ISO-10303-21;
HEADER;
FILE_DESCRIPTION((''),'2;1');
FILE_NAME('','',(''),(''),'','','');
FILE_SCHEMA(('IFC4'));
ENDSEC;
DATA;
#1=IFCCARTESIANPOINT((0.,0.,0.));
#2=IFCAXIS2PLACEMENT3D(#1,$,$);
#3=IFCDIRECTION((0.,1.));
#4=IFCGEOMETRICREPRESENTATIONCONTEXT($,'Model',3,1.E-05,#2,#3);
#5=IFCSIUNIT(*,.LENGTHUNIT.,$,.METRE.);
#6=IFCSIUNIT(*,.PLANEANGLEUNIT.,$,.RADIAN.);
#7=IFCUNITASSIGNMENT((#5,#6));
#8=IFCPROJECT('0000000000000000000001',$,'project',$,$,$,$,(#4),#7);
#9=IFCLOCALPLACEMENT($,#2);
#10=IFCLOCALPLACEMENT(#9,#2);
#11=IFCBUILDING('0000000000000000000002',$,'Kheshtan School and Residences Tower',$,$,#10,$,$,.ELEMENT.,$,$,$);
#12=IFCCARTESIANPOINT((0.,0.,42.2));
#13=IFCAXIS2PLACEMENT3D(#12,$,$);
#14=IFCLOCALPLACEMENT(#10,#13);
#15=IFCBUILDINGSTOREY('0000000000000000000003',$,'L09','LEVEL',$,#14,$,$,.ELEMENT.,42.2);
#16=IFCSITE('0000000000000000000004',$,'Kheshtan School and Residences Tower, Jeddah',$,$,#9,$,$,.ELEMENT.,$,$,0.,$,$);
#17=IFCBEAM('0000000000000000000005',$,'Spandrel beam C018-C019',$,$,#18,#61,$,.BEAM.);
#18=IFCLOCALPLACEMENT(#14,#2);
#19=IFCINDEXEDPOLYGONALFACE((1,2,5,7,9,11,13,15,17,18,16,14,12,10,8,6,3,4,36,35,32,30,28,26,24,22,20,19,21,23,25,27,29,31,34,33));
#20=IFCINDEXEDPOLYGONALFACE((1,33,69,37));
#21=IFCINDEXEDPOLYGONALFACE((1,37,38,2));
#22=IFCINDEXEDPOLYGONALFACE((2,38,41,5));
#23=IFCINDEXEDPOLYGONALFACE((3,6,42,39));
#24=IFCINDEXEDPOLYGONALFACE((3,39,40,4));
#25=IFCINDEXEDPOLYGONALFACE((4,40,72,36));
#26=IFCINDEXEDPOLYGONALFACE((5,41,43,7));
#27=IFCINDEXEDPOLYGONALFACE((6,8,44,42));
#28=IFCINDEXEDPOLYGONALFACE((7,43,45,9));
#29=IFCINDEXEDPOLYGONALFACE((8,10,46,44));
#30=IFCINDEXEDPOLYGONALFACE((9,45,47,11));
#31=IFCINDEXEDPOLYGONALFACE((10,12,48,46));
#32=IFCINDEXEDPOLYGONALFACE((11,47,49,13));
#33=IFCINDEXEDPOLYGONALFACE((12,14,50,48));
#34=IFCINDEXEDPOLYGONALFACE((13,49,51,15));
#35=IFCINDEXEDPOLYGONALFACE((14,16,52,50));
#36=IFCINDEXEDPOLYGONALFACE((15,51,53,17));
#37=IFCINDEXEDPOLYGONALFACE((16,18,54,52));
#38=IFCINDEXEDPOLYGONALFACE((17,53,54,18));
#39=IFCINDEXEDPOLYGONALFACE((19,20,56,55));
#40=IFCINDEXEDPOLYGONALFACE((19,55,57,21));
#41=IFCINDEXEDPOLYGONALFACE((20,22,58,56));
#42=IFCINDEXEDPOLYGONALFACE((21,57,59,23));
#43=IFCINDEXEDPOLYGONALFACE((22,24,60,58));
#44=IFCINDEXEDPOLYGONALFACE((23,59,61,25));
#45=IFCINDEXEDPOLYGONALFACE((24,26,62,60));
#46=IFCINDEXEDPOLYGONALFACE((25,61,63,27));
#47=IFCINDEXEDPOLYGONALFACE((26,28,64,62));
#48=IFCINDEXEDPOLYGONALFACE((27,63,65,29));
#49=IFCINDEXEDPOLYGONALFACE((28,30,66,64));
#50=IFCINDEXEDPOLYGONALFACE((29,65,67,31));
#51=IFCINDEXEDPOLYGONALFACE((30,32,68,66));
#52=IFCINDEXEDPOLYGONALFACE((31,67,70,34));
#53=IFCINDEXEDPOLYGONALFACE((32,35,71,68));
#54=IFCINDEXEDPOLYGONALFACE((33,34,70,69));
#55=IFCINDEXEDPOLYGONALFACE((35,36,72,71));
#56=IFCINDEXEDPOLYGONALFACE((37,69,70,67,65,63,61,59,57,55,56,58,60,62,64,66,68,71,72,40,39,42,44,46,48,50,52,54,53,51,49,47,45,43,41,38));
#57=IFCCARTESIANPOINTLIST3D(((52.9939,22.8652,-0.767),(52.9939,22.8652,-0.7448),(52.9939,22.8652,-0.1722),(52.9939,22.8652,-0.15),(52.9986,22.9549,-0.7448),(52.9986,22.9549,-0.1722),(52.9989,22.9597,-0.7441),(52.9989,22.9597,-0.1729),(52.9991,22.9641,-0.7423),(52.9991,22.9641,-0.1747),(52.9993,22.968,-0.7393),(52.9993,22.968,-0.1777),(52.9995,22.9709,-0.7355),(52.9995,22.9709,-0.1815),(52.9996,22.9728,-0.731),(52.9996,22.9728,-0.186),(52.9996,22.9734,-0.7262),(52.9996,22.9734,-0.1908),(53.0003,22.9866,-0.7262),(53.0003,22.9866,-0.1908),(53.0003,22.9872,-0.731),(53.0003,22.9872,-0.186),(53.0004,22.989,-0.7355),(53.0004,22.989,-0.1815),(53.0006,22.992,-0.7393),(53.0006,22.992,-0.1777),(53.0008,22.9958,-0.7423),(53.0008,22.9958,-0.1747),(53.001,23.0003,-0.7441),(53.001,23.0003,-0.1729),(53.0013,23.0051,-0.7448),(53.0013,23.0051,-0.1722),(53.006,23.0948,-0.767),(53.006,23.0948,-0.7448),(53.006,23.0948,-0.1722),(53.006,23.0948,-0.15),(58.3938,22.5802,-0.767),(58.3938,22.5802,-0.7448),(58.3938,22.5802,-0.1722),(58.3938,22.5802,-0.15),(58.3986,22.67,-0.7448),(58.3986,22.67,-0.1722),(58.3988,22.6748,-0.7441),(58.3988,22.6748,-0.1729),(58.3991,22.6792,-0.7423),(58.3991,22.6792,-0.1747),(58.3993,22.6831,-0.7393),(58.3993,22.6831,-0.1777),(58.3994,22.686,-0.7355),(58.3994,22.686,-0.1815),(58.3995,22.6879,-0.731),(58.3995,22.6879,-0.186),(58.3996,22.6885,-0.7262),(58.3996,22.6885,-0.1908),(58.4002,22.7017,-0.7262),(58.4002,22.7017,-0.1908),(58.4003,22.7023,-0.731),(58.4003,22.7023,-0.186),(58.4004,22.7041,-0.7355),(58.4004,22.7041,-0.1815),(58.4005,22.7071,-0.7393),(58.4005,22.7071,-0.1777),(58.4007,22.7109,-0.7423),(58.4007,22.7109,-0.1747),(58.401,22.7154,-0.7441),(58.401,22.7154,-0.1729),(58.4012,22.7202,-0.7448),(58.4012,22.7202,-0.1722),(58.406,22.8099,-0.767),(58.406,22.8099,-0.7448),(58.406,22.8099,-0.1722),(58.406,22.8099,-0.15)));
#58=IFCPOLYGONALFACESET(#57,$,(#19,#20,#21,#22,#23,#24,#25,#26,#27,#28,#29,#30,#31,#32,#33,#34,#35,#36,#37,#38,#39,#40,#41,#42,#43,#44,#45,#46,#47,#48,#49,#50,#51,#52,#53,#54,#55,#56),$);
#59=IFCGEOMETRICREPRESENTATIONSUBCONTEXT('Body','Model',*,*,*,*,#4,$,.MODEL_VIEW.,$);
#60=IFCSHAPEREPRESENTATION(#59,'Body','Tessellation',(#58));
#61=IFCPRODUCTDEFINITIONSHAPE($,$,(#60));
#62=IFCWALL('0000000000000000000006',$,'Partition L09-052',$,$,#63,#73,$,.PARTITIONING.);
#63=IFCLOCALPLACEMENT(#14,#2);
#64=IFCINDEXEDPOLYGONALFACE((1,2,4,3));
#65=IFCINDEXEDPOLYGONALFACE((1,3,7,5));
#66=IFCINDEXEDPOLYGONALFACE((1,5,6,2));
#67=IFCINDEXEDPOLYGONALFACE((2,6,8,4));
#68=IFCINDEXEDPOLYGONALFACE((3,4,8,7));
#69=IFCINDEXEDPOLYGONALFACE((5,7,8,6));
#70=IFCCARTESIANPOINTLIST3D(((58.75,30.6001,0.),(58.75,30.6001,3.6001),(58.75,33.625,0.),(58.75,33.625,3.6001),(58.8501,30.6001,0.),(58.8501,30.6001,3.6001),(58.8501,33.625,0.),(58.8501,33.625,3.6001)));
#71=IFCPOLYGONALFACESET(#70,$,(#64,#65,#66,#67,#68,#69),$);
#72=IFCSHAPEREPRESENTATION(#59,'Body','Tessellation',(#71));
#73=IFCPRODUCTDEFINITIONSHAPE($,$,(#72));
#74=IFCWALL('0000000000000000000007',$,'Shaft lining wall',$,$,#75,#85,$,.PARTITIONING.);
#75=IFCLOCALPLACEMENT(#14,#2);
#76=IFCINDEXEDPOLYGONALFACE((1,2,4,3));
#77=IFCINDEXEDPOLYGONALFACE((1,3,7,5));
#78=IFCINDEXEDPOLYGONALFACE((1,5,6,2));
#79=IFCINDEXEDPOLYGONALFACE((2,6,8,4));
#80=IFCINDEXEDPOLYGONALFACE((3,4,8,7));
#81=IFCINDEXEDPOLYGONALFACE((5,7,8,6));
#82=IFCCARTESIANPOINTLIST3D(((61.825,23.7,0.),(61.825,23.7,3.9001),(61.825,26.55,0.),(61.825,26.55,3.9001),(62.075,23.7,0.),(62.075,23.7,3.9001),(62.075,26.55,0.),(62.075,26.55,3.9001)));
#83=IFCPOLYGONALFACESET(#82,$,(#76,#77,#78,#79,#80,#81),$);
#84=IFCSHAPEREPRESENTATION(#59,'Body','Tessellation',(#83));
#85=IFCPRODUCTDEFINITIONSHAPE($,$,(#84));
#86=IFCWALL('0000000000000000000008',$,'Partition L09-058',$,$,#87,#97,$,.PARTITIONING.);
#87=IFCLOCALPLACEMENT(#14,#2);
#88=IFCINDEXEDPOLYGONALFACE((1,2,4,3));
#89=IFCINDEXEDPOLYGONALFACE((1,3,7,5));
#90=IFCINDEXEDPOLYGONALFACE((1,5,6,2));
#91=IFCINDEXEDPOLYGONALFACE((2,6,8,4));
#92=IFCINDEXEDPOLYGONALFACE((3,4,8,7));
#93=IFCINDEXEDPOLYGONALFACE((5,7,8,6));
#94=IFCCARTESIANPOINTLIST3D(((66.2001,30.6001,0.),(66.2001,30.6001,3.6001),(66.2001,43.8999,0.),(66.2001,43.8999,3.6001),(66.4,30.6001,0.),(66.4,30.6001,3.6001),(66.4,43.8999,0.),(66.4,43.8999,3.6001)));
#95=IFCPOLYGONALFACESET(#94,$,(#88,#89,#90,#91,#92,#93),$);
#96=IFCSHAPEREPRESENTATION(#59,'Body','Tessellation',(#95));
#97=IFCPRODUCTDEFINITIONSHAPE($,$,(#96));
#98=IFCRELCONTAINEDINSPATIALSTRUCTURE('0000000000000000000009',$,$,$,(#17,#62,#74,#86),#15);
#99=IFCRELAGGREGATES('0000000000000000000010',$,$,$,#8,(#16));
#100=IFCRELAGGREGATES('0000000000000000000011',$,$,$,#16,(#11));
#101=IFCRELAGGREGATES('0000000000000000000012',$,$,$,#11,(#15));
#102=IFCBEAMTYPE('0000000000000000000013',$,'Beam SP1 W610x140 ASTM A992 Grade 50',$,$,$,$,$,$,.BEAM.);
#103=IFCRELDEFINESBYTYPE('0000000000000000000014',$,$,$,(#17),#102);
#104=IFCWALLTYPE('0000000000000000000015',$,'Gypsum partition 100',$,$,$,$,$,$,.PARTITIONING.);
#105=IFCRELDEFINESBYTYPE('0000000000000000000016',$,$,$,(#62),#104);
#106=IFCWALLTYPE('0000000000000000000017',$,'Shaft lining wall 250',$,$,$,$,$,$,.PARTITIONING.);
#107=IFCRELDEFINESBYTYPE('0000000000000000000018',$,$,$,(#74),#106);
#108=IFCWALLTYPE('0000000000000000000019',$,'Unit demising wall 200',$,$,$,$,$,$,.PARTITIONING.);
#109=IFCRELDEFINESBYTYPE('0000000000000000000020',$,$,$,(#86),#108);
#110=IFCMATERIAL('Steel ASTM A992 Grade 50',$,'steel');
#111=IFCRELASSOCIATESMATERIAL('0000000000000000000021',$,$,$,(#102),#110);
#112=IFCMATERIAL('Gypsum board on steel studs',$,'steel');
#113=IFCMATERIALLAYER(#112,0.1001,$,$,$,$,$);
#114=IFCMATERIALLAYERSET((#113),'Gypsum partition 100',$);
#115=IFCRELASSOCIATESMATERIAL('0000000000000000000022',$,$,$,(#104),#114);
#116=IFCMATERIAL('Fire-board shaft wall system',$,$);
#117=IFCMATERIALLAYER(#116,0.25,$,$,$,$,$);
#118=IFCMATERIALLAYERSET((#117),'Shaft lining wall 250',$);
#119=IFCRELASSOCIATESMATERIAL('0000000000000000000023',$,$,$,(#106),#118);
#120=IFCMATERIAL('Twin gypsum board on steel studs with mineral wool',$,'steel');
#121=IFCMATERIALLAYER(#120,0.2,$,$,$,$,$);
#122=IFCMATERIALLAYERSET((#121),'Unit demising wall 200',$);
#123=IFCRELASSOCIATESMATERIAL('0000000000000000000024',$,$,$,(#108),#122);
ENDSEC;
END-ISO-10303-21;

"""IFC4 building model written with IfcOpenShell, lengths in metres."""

from ifc_helpers import new_model, si_unit, direction, frame, frame_2d, origin, origin_2d, place, context, subcontext, project, spatial, rectangle, i_section, extrude, material, layer, layer_set, material_profile, profile_set, type_object, element, save


model = new_model("IFC4")

# Units and contexts
model_context = context("Model", 3, precision=1e-05, world=origin(), true_north=direction((0.0, 1.0)))
body_context = subcontext(model_context, "Body", "Model", "MODEL_VIEW")
ifc_project = project(units=[si_unit("LENGTHUNIT", "METRE"), si_unit("PLANEANGLEUNIT", "RADIAN")], contexts=[model_context])

# Site, building, storey
site_placement = place(None, origin())
site = spatial("IfcSite", under=ifc_project, at=site_placement, Name="Kheshtan School and Residences Tower, Jeddah", CompositionType="ELEMENT", RefElevation=0.0)
building_placement = place(site_placement, origin())
building = spatial("IfcBuilding", under=site, at=building_placement, Name="Kheshtan School and Residences Tower", CompositionType="ELEMENT")
storey_placement = place(building_placement, frame((0.0, 0.0, 42.2)))
storey = spatial("IfcBuildingStorey", under=building, at=storey_placement, Name="L09", Description="LEVEL", CompositionType="ELEMENT", Elevation=42.2)

# Shared definitions
ifc_material_1 = material(Name="Steel ASTM A992 Grade 50", Category="steel")

# Beam
ifc_material_profile_1 = material_profile(ifc_material_1, i_section(OverallWidth=0.23, OverallDepth=0.6169, WebThickness=0.0132, FlangeThickness=0.0222, FilletRadius=0.0186, at=origin_2d()), Name="W610x140")
ifc_profile_set_1 = profile_set([ifc_material_profile_1], Name="Steel ASTM A992 Grade 50")
beam_type_1 = type_object("IfcBeamType", Name="Beam SP1 W610x140 ASTM A992 Grade 50", PredefinedType="BEAM", material=ifc_profile_set_1)
beam_1_placement = place(storey_placement, frame((58.3999, 22.6951, -0.4585), z_axis=(-0.998611, 0.052689, 0.0), x_axis=(-0.052689, -0.998611, 0.0)))
element("IfcBeam", 1, at=beam_1_placement, inside=storey, type_object=beam_type_1, Name="Spandrel beam C018-C019", PredefinedType="BEAM", context=body_context, shape_type="SweptSolid", body=[
    extrude(i_section(OverallWidth=0.23, OverallDepth=0.6169, WebThickness=0.0132, FlangeThickness=0.0222, FilletRadius=0.0186, at=origin_2d()), origin(), (0.0, 0.0, 1.0), 5.4075),
])

# Walls
ifc_material_2 = material(Name="Gypsum board on steel studs", Category="steel")
ifc_layer_1 = layer(ifc_material_2, 0.1001)
ifc_layer_set_1 = layer_set([ifc_layer_1], Name="Gypsum partition 100")
wall_type_1 = type_object("IfcWallType", Name="Gypsum partition 100", PredefinedType="PARTITIONING", material=ifc_layer_set_1)
wall_1_placement = place(storey_placement, frame((58.8, 30.6001, 0.0), z_axis=(0.0, 0.0, 1.0), x_axis=(0.0, 1.0, 0.0)))
element("IfcWall", 2, at=wall_1_placement, inside=storey, type_object=wall_type_1, Name="Partition L09-052", PredefinedType="PARTITIONING", context=body_context, shape_type="SweptSolid", body=[
    extrude(rectangle(XDim=3.0249, YDim=0.1001, at=frame_2d((1.5125, 0.0))), origin(), (0.0, 0.0, 1.0), 3.6001),
])
ifc_material_3 = material(Name="Fire-board shaft wall system")
ifc_layer_2 = layer(ifc_material_3, 0.25)
ifc_layer_set_2 = layer_set([ifc_layer_2], Name="Shaft lining wall 250")
wall_type_2 = type_object("IfcWallType", Name="Shaft lining wall 250", PredefinedType="PARTITIONING", material=ifc_layer_set_2)
wall_2_placement = place(storey_placement, frame((61.95, 23.7, 0.0), z_axis=(0.0, 0.0, 1.0), x_axis=(0.0, 1.0, 0.0)))
element("IfcWall", 3, at=wall_2_placement, inside=storey, type_object=wall_type_2, Name="Shaft lining wall", PredefinedType="PARTITIONING", context=body_context, shape_type="SweptSolid", body=[
    extrude(rectangle(XDim=2.8501, YDim=0.25, at=frame_2d((1.425, 0.0))), origin(), (0.0, 0.0, 1.0), 3.9001),
])
ifc_material_4 = material(Name="Twin gypsum board on steel studs with mineral wool", Category="steel")
ifc_layer_3 = layer(ifc_material_4, 0.2)
ifc_layer_set_3 = layer_set([ifc_layer_3], Name="Unit demising wall 200")
wall_type_3 = type_object("IfcWallType", Name="Unit demising wall 200", PredefinedType="PARTITIONING", material=ifc_layer_set_3)
wall_3_placement = place(storey_placement, frame((66.3, 30.6001, 0.0), z_axis=(0.0, 0.0, 1.0), x_axis=(0.0, 1.0, 0.0)))
element("IfcWall", 4, at=wall_3_placement, inside=storey, type_object=wall_type_3, Name="Partition L09-058", PredefinedType="PARTITIONING", context=body_context, shape_type="SweptSolid", body=[
    extrude(rectangle(XDim=13.2998, YDim=0.2, at=frame_2d((6.6499, 0.0))), origin(), (0.0, 0.0, 1.0), 3.6001),
])

save(model, "model.ifc")
